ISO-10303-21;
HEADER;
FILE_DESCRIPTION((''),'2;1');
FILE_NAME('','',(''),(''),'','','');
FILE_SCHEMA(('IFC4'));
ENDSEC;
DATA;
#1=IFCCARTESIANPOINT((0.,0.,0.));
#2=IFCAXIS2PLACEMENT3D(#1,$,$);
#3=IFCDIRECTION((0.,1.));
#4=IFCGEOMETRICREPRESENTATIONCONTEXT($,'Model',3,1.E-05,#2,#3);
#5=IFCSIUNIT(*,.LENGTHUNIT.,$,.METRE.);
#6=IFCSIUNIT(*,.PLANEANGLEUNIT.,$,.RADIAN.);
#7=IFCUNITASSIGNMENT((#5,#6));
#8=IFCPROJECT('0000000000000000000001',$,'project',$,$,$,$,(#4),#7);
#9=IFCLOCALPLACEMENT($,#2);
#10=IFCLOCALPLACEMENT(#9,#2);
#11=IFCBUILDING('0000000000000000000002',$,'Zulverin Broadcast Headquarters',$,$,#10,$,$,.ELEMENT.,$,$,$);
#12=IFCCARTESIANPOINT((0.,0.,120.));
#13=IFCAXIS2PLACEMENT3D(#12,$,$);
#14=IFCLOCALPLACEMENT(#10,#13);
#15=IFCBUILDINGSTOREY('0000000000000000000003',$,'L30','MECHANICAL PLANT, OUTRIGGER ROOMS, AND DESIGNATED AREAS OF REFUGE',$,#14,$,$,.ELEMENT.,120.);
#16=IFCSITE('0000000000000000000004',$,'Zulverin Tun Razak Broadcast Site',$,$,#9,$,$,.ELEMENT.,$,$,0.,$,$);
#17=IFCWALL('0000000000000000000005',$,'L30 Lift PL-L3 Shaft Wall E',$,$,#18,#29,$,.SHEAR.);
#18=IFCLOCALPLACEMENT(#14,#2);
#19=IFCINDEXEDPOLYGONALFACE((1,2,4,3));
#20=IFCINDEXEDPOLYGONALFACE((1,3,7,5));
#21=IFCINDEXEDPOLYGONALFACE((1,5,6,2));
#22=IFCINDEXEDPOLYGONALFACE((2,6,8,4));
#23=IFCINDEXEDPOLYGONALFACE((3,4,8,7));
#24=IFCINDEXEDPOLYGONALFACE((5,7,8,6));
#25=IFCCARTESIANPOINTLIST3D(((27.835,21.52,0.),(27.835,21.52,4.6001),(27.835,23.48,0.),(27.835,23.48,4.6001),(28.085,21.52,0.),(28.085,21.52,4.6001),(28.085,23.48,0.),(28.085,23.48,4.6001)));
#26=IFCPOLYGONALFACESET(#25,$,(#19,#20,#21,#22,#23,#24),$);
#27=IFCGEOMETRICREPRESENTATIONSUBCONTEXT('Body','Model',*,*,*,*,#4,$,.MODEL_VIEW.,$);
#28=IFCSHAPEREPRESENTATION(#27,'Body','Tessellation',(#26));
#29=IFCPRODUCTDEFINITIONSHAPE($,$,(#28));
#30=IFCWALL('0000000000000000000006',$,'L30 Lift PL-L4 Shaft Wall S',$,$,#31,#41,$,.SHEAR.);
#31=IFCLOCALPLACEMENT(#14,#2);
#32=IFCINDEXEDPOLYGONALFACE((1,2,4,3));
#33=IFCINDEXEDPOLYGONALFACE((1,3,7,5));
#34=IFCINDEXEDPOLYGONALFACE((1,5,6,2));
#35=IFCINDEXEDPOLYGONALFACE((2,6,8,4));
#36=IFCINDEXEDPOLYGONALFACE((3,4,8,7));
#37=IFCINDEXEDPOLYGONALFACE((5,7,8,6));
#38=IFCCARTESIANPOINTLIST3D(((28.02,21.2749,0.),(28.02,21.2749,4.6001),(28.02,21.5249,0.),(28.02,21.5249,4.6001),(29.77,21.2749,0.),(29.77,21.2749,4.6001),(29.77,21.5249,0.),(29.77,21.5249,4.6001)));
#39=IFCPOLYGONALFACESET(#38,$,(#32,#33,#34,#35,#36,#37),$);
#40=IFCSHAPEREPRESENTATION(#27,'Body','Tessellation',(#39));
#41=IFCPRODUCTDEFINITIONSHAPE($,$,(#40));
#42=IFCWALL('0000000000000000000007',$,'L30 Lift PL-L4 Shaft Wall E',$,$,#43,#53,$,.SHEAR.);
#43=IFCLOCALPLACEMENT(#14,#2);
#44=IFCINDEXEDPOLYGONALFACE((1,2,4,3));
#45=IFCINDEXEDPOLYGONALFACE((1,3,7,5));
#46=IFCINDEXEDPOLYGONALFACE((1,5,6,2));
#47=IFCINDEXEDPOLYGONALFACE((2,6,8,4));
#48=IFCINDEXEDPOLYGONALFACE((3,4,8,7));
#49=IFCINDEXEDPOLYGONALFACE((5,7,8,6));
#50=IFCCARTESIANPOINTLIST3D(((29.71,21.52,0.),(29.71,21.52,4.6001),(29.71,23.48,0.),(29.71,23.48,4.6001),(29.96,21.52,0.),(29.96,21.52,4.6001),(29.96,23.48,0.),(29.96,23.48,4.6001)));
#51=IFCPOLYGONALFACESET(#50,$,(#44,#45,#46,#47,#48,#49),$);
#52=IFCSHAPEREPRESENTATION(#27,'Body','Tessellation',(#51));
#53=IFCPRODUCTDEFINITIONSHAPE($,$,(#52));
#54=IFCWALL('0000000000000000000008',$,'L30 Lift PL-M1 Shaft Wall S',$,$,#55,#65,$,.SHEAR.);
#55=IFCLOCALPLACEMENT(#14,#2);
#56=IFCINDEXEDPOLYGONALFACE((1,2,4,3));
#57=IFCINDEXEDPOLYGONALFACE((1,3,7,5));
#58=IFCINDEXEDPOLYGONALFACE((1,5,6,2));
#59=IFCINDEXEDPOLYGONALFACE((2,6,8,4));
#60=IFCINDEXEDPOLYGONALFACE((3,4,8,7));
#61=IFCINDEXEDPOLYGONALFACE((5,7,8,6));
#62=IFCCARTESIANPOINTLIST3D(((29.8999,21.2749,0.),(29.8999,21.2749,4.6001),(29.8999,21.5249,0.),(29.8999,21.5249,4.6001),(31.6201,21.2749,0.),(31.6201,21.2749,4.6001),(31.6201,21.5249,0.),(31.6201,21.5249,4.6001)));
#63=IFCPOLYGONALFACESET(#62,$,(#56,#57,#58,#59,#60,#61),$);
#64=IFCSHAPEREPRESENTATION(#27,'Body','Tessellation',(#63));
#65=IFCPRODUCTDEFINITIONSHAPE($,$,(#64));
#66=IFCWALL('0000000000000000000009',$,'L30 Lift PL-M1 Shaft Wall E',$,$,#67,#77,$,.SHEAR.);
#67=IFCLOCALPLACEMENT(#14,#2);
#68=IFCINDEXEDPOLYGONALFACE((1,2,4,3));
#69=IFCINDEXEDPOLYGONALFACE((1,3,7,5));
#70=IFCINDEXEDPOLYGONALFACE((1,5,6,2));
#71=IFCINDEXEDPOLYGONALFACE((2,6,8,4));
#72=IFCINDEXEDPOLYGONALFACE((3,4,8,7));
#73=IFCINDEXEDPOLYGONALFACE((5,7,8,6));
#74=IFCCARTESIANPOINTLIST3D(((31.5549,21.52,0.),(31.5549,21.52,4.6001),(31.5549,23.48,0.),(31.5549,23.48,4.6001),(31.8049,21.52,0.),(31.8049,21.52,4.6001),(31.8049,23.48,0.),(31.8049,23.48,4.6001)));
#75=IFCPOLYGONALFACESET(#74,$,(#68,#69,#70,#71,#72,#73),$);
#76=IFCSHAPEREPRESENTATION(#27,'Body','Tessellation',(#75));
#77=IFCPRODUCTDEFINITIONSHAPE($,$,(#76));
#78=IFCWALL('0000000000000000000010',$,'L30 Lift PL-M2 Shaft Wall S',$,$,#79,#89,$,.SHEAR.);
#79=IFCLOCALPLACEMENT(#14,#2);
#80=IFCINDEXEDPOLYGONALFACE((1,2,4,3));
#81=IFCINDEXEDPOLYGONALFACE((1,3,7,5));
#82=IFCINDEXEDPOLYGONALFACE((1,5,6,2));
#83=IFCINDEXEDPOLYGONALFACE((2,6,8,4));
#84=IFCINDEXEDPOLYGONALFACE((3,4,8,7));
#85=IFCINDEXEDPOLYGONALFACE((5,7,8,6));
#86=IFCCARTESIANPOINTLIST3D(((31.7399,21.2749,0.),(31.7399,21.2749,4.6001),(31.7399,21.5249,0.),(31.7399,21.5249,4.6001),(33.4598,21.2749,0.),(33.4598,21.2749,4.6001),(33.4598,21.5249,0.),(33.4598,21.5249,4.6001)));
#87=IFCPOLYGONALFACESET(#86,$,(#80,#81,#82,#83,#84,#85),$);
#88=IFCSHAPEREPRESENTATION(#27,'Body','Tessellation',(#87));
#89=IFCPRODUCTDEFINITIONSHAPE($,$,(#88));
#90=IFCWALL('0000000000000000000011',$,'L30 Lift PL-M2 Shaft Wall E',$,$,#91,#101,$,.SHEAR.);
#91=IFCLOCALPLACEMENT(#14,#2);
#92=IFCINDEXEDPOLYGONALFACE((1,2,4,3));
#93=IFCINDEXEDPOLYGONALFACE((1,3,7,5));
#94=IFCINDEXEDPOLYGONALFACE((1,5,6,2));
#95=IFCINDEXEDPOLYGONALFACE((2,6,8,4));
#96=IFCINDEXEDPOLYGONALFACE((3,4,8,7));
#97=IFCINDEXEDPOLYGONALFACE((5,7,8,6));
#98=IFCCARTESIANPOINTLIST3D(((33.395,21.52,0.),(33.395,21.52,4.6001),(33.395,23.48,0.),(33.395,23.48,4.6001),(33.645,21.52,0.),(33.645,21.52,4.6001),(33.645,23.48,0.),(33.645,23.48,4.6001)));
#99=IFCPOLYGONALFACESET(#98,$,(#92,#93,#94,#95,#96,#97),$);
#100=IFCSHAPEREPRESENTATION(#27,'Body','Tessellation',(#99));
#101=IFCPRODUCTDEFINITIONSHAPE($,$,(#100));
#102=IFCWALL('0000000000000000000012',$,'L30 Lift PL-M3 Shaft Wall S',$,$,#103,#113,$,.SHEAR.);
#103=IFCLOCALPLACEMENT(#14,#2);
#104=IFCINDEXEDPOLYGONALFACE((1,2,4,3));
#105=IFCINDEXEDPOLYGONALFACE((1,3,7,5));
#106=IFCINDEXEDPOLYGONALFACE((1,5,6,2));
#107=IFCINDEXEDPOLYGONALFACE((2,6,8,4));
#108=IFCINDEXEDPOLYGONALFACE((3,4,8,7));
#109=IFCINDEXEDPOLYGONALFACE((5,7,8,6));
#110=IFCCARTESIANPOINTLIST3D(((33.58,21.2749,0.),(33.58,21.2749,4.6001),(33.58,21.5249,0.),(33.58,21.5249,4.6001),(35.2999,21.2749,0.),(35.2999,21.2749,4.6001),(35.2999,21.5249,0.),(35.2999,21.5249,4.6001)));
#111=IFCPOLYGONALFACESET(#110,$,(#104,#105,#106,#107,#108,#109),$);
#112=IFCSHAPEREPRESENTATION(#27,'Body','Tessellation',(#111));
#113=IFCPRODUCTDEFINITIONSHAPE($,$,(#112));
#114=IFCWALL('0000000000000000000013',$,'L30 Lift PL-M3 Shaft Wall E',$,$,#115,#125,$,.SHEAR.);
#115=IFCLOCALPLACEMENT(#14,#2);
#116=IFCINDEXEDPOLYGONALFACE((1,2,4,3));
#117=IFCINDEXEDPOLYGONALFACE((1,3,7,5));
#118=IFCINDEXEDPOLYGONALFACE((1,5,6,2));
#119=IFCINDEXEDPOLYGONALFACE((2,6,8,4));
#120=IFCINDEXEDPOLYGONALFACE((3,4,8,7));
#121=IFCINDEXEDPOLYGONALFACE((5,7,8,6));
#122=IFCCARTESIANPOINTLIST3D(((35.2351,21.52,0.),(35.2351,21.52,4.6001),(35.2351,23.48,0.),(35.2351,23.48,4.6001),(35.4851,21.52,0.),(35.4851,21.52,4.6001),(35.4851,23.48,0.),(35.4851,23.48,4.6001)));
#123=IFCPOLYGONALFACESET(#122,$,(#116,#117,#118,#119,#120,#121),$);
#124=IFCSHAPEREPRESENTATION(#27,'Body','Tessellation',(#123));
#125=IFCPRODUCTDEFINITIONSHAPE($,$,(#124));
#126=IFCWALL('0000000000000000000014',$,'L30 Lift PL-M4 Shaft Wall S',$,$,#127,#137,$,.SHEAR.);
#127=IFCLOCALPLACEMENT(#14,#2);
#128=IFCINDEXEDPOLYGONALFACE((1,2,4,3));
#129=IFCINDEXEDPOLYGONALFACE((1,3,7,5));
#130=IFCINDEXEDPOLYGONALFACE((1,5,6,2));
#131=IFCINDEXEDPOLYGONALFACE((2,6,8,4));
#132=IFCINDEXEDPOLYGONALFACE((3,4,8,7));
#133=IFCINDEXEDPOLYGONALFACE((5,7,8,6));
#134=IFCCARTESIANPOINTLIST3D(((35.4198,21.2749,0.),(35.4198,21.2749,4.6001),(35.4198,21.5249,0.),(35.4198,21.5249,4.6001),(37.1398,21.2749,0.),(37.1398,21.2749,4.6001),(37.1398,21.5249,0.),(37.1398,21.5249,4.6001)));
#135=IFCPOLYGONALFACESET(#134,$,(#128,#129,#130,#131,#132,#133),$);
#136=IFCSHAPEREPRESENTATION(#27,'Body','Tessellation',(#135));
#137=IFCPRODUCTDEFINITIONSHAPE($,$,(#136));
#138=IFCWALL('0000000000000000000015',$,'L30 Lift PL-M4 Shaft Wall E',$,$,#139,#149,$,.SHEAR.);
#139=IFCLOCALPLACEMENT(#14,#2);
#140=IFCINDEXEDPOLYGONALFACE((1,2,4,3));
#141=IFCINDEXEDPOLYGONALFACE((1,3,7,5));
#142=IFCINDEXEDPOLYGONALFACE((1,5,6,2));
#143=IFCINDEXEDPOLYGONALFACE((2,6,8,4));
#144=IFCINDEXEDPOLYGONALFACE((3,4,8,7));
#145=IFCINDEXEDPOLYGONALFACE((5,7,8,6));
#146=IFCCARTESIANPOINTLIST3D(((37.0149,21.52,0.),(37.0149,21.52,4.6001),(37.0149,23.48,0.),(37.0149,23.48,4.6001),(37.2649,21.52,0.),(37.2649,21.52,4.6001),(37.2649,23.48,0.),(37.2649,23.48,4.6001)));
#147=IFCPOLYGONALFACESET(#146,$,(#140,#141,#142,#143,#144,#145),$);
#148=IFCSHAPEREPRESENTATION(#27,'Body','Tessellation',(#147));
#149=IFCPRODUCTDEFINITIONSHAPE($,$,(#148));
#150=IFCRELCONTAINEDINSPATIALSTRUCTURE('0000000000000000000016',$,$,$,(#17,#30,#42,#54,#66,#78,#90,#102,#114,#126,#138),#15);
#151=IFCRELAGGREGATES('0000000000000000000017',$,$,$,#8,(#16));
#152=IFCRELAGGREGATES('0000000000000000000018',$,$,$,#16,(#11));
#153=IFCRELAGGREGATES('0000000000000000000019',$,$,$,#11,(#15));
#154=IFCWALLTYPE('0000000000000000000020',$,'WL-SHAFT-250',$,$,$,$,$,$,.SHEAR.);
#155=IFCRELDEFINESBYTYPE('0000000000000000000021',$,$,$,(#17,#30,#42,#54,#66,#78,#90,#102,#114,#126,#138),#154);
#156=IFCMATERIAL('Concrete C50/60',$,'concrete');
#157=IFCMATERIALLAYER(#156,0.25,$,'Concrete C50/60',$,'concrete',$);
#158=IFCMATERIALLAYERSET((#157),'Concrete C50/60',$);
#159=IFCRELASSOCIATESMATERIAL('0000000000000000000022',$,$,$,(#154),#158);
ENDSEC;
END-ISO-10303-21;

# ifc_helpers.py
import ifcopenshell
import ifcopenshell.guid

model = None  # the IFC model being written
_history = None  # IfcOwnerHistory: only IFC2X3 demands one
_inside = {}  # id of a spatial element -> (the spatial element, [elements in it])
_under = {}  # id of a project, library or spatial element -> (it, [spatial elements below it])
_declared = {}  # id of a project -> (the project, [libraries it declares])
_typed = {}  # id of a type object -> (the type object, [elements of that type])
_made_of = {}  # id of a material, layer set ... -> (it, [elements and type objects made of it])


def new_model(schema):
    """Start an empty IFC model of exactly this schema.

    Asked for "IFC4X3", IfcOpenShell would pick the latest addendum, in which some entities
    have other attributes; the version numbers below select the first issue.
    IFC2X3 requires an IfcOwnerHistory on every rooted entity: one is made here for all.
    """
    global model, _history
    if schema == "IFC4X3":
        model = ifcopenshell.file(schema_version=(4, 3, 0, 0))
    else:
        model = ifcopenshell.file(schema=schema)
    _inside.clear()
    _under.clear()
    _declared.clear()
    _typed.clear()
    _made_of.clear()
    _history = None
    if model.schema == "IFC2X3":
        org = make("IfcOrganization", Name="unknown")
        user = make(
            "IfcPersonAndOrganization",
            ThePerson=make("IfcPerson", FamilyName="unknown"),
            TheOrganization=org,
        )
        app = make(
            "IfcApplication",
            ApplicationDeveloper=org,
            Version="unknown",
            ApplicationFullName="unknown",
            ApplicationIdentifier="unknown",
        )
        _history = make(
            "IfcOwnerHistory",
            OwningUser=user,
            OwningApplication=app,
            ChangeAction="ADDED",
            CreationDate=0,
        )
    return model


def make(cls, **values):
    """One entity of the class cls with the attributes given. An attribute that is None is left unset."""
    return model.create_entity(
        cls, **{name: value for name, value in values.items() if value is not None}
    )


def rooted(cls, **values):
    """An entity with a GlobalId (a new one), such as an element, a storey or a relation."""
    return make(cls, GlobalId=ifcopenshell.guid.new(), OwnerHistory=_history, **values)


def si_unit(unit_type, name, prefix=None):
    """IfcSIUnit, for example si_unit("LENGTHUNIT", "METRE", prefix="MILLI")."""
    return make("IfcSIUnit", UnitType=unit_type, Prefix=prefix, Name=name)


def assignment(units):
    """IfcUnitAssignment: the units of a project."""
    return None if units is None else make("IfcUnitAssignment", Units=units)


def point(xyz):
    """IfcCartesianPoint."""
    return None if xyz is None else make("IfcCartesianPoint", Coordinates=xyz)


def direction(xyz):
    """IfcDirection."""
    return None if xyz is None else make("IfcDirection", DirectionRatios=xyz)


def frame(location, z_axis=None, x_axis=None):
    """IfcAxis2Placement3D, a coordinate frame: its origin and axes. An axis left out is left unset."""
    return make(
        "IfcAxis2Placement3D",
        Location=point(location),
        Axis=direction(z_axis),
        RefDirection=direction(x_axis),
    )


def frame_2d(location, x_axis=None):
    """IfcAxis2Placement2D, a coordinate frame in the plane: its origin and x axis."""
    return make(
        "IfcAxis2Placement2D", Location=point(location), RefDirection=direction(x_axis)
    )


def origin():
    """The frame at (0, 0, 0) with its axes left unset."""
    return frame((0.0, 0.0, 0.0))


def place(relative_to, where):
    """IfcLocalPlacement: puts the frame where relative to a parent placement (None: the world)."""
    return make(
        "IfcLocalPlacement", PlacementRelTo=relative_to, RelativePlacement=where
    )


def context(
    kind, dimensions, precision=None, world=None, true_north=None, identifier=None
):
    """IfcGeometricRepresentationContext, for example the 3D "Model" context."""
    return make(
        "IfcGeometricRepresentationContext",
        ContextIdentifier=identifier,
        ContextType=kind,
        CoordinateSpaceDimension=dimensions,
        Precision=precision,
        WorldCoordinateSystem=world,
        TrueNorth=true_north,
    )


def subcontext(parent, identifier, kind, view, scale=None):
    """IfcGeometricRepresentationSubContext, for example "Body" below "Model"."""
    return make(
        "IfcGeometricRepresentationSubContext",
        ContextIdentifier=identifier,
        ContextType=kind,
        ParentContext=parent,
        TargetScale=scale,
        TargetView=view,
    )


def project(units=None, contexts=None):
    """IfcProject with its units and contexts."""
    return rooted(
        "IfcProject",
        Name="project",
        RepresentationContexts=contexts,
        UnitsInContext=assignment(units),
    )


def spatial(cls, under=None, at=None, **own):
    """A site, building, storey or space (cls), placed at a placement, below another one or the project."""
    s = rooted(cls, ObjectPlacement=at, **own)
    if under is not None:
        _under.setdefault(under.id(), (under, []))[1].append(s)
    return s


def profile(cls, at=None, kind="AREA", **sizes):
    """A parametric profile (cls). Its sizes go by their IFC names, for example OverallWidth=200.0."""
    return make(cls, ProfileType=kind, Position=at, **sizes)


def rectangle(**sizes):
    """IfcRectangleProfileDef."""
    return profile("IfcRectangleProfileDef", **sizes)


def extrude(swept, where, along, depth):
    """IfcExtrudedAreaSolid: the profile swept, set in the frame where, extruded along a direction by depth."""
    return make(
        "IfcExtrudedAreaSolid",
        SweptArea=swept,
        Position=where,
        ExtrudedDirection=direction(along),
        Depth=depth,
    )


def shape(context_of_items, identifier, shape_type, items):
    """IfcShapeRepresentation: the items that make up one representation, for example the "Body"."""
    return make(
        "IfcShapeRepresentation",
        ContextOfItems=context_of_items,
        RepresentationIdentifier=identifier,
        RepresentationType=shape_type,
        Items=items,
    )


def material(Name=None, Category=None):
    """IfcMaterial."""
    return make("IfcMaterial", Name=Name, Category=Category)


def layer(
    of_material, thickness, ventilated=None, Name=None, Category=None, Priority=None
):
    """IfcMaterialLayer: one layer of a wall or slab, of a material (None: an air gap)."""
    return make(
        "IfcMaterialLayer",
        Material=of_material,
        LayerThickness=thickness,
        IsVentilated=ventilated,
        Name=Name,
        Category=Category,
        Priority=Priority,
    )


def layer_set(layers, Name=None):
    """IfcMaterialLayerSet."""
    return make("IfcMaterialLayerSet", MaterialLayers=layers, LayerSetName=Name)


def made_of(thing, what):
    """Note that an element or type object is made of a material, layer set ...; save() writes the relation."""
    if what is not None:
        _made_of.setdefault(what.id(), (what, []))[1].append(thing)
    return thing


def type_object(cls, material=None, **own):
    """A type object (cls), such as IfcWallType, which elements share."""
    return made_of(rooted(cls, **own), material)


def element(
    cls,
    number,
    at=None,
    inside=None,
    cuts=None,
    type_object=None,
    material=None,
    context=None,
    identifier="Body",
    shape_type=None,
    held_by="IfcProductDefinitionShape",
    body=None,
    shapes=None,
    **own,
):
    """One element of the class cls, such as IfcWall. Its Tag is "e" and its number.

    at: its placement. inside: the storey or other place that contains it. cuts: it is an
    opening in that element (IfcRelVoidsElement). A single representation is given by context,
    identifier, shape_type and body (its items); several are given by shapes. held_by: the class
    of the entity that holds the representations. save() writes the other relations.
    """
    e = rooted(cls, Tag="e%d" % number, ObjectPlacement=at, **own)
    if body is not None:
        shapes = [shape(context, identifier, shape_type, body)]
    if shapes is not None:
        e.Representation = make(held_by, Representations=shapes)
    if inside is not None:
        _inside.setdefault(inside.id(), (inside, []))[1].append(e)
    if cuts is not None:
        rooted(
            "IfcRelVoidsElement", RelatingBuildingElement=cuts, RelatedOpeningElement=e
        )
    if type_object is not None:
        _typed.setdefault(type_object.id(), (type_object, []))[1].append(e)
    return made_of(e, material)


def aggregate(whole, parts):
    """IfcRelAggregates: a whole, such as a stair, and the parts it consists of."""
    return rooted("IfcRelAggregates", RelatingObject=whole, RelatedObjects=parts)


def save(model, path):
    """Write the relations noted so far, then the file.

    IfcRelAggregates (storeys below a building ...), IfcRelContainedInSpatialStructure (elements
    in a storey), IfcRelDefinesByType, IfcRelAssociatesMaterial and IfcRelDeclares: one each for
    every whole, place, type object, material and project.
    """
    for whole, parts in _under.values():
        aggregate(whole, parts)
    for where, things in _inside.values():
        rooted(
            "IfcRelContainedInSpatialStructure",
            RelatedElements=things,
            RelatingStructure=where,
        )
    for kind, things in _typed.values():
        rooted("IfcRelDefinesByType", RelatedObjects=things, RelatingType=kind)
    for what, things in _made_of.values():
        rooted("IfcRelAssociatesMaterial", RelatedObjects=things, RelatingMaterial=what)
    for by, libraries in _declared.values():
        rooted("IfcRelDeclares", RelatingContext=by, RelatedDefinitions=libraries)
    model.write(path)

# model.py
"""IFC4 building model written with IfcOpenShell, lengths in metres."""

from ifc_helpers import new_model, si_unit, direction, frame, frame_2d, origin, place, context, subcontext, project, spatial, rectangle, extrude, material, layer, layer_set, type_object, element, save


model = new_model("IFC4")

# Units and contexts
model_context = context("Model", 3, precision=1e-05, world=origin(), true_north=direction((0.0, 1.0)))
body_context = subcontext(model_context, "Body", "Model", "MODEL_VIEW")
ifc_project = project(units=[si_unit("LENGTHUNIT", "METRE"), si_unit("PLANEANGLEUNIT", "RADIAN")], contexts=[model_context])

# Site, building, storey
site_placement = place(None, origin())
site = spatial("IfcSite", under=ifc_project, at=site_placement, Name="Zulverin Tun Razak Broadcast Site", CompositionType="ELEMENT", RefElevation=0.0)
building_placement = place(site_placement, origin())
building = spatial("IfcBuilding", under=site, at=building_placement, Name="Zulverin Broadcast Headquarters", CompositionType="ELEMENT")
storey_placement = place(building_placement, frame((0.0, 0.0, 120.0)))
storey = spatial("IfcBuildingStorey", under=building, at=storey_placement, Name="L30", Description="MECHANICAL PLANT, OUTRIGGER ROOMS, AND DESIGNATED AREAS OF REFUGE", CompositionType="ELEMENT", Elevation=120.0)

# Walls
ifc_material_1 = material(Name="Concrete C50/60", Category="concrete")
ifc_layer_1 = layer(ifc_material_1, 0.25, Name="Concrete C50/60", Category="concrete")
ifc_layer_set_1 = layer_set([ifc_layer_1], Name="Concrete C50/60")
wall_type_1 = type_object("IfcWallType", Name="WL-SHAFT-250", PredefinedType="SHEAR", material=ifc_layer_set_1)
for number, where, z_axis, x_axis, name in (
    (1, (27.96, 21.52, 0.0), (0.0, 0.0, 1.0), (0.0, 1.0, 0.0), "L30 Lift PL-L3 Shaft Wall E"),
):
    element("IfcWall", number, at=place(storey_placement, frame(where, z_axis=z_axis, x_axis=x_axis)), inside=storey, type_object=wall_type_1, Name=name, PredefinedType="SHEAR", context=body_context, shape_type="SweptSolid", body=[
        extrude(rectangle(XDim=1.96, YDim=0.25, at=frame_2d((0.98, 0.0))), origin(), (0.0, 0.0, 1.0), 4.6001),
    ])
wall_1_placement = place(storey_placement, frame((28.02, 21.3999, 0.0), z_axis=(0.0, 0.0, 1.0), x_axis=(1.0, 0.0, 0.0)))
element("IfcWall", 2, at=wall_1_placement, inside=storey, type_object=wall_type_1, Name="L30 Lift PL-L4 Shaft Wall S", PredefinedType="SHEAR", context=body_context, shape_type="SweptSolid", body=[
    extrude(rectangle(XDim=1.75, YDim=0.25, at=frame_2d((0.875, 0.0))), origin(), (0.0, 0.0, 1.0), 4.6001),
])
wall_2_placement = place(storey_placement, frame((29.835, 21.52, 0.0), z_axis=(0.0, 0.0, 1.0), x_axis=(0.0, 1.0, 0.0)))
element("IfcWall", 3, at=wall_2_placement, inside=storey, type_object=wall_type_1, Name="L30 Lift PL-L4 Shaft Wall E", PredefinedType="SHEAR", context=body_context, shape_type="SweptSolid", body=[
    extrude(rectangle(XDim=1.96, YDim=0.25, at=frame_2d((0.98, 0.0))), origin(), (0.0, 0.0, 1.0), 4.6001),
])
wall_3_placement = place(storey_placement, frame((29.8999, 21.3999, 0.0), z_axis=(0.0, 0.0, 1.0), x_axis=(1.0, 0.0, 0.0)))
element("IfcWall", 4, at=wall_3_placement, inside=storey, type_object=wall_type_1, Name="L30 Lift PL-M1 Shaft Wall S", PredefinedType="SHEAR", context=body_context, shape_type="SweptSolid", body=[
    extrude(rectangle(XDim=1.7202, YDim=0.25, at=frame_2d((0.8601, 0.0))), origin(), (0.0, 0.0, 1.0), 4.6001),
])
wall_4_placement = place(storey_placement, frame((31.6799, 21.52, 0.0), z_axis=(0.0, 0.0, 1.0), x_axis=(0.0, 1.0, 0.0)))
element("IfcWall", 5, at=wall_4_placement, inside=storey, type_object=wall_type_1, Name="L30 Lift PL-M1 Shaft Wall E", PredefinedType="SHEAR", context=body_context, shape_type="SweptSolid", body=[
    extrude(rectangle(XDim=1.96, YDim=0.25, at=frame_2d((0.98, 0.0))), origin(), (0.0, 0.0, 1.0), 4.6001),
])
wall_5_placement = place(storey_placement, frame((31.74, 21.3999, 0.0), z_axis=(0.0, 0.0, 1.0), x_axis=(1.0, 0.0, 0.0)))
element("IfcWall", 6, at=wall_5_placement, inside=storey, type_object=wall_type_1, Name="L30 Lift PL-M2 Shaft Wall S", PredefinedType="SHEAR", context=body_context, shape_type="SweptSolid", body=[
    extrude(rectangle(XDim=1.72, YDim=0.25, at=frame_2d((0.8599, 0.0))), origin(), (0.0, 0.0, 1.0), 4.6001),
])
wall_6_placement = place(storey_placement, frame((33.52, 21.52, 0.0), z_axis=(0.0, 0.0, 1.0), x_axis=(0.0, 1.0, 0.0)))
element("IfcWall", 7, at=wall_6_placement, inside=storey, type_object=wall_type_1, Name="L30 Lift PL-M2 Shaft Wall E", PredefinedType="SHEAR", context=body_context, shape_type="SweptSolid", body=[
    extrude(rectangle(XDim=1.96, YDim=0.25, at=frame_2d((0.98, 0.0))), origin(), (0.0, 0.0, 1.0), 4.6001),
])
wall_7_placement = place(storey_placement, frame((33.5801, 21.3999, 0.0), z_axis=(0.0, 0.0, 1.0), x_axis=(1.0, 0.0, 0.0)))
element("IfcWall", 8, at=wall_7_placement, inside=storey, type_object=wall_type_1, Name="L30 Lift PL-M3 Shaft Wall S", PredefinedType="SHEAR", context=body_context, shape_type="SweptSolid", body=[
    extrude(rectangle(XDim=1.72, YDim=0.25, at=frame_2d((0.8599, 0.0))), origin(), (0.0, 0.0, 1.0), 4.6001),
])
wall_8_placement = place(storey_placement, frame((35.3601, 21.52, 0.0), z_axis=(0.0, 0.0, 1.0), x_axis=(0.0, 1.0, 0.0)))
element("IfcWall", 9, at=wall_8_placement, inside=storey, type_object=wall_type_1, Name="L30 Lift PL-M3 Shaft Wall E", PredefinedType="SHEAR", context=body_context, shape_type="SweptSolid", body=[
    extrude(rectangle(XDim=1.96, YDim=0.25, at=frame_2d((0.98, 0.0))), origin(), (0.0, 0.0, 1.0), 4.6001),
])
wall_9_placement = place(storey_placement, frame((35.4199, 21.3999, 0.0), z_axis=(0.0, 0.0, 1.0), x_axis=(1.0, 0.0, 0.0)))
element("IfcWall", 10, at=wall_9_placement, inside=storey, type_object=wall_type_1, Name="L30 Lift PL-M4 Shaft Wall S", PredefinedType="SHEAR", context=body_context, shape_type="SweptSolid", body=[
    extrude(rectangle(XDim=1.72, YDim=0.25, at=frame_2d((0.8599, 0.0))), origin(), (0.0, 0.0, 1.0), 4.6001),
])
wall_10_placement = place(storey_placement, frame((37.1399, 21.52, 0.0), z_axis=(0.0, 0.0, 1.0), x_axis=(0.0, 1.0, 0.0)))
element("IfcWall", 11, at=wall_10_placement, inside=storey, type_object=wall_type_1, Name="L30 Lift PL-M4 Shaft Wall E", PredefinedType="SHEAR", context=body_context, shape_type="SweptSolid", body=[
    extrude(rectangle(XDim=1.96, YDim=0.25, at=frame_2d((0.98, 0.0))), origin(), (0.0, 0.0, 1.0), 4.6001),
])

save(model, "model.ifc")
